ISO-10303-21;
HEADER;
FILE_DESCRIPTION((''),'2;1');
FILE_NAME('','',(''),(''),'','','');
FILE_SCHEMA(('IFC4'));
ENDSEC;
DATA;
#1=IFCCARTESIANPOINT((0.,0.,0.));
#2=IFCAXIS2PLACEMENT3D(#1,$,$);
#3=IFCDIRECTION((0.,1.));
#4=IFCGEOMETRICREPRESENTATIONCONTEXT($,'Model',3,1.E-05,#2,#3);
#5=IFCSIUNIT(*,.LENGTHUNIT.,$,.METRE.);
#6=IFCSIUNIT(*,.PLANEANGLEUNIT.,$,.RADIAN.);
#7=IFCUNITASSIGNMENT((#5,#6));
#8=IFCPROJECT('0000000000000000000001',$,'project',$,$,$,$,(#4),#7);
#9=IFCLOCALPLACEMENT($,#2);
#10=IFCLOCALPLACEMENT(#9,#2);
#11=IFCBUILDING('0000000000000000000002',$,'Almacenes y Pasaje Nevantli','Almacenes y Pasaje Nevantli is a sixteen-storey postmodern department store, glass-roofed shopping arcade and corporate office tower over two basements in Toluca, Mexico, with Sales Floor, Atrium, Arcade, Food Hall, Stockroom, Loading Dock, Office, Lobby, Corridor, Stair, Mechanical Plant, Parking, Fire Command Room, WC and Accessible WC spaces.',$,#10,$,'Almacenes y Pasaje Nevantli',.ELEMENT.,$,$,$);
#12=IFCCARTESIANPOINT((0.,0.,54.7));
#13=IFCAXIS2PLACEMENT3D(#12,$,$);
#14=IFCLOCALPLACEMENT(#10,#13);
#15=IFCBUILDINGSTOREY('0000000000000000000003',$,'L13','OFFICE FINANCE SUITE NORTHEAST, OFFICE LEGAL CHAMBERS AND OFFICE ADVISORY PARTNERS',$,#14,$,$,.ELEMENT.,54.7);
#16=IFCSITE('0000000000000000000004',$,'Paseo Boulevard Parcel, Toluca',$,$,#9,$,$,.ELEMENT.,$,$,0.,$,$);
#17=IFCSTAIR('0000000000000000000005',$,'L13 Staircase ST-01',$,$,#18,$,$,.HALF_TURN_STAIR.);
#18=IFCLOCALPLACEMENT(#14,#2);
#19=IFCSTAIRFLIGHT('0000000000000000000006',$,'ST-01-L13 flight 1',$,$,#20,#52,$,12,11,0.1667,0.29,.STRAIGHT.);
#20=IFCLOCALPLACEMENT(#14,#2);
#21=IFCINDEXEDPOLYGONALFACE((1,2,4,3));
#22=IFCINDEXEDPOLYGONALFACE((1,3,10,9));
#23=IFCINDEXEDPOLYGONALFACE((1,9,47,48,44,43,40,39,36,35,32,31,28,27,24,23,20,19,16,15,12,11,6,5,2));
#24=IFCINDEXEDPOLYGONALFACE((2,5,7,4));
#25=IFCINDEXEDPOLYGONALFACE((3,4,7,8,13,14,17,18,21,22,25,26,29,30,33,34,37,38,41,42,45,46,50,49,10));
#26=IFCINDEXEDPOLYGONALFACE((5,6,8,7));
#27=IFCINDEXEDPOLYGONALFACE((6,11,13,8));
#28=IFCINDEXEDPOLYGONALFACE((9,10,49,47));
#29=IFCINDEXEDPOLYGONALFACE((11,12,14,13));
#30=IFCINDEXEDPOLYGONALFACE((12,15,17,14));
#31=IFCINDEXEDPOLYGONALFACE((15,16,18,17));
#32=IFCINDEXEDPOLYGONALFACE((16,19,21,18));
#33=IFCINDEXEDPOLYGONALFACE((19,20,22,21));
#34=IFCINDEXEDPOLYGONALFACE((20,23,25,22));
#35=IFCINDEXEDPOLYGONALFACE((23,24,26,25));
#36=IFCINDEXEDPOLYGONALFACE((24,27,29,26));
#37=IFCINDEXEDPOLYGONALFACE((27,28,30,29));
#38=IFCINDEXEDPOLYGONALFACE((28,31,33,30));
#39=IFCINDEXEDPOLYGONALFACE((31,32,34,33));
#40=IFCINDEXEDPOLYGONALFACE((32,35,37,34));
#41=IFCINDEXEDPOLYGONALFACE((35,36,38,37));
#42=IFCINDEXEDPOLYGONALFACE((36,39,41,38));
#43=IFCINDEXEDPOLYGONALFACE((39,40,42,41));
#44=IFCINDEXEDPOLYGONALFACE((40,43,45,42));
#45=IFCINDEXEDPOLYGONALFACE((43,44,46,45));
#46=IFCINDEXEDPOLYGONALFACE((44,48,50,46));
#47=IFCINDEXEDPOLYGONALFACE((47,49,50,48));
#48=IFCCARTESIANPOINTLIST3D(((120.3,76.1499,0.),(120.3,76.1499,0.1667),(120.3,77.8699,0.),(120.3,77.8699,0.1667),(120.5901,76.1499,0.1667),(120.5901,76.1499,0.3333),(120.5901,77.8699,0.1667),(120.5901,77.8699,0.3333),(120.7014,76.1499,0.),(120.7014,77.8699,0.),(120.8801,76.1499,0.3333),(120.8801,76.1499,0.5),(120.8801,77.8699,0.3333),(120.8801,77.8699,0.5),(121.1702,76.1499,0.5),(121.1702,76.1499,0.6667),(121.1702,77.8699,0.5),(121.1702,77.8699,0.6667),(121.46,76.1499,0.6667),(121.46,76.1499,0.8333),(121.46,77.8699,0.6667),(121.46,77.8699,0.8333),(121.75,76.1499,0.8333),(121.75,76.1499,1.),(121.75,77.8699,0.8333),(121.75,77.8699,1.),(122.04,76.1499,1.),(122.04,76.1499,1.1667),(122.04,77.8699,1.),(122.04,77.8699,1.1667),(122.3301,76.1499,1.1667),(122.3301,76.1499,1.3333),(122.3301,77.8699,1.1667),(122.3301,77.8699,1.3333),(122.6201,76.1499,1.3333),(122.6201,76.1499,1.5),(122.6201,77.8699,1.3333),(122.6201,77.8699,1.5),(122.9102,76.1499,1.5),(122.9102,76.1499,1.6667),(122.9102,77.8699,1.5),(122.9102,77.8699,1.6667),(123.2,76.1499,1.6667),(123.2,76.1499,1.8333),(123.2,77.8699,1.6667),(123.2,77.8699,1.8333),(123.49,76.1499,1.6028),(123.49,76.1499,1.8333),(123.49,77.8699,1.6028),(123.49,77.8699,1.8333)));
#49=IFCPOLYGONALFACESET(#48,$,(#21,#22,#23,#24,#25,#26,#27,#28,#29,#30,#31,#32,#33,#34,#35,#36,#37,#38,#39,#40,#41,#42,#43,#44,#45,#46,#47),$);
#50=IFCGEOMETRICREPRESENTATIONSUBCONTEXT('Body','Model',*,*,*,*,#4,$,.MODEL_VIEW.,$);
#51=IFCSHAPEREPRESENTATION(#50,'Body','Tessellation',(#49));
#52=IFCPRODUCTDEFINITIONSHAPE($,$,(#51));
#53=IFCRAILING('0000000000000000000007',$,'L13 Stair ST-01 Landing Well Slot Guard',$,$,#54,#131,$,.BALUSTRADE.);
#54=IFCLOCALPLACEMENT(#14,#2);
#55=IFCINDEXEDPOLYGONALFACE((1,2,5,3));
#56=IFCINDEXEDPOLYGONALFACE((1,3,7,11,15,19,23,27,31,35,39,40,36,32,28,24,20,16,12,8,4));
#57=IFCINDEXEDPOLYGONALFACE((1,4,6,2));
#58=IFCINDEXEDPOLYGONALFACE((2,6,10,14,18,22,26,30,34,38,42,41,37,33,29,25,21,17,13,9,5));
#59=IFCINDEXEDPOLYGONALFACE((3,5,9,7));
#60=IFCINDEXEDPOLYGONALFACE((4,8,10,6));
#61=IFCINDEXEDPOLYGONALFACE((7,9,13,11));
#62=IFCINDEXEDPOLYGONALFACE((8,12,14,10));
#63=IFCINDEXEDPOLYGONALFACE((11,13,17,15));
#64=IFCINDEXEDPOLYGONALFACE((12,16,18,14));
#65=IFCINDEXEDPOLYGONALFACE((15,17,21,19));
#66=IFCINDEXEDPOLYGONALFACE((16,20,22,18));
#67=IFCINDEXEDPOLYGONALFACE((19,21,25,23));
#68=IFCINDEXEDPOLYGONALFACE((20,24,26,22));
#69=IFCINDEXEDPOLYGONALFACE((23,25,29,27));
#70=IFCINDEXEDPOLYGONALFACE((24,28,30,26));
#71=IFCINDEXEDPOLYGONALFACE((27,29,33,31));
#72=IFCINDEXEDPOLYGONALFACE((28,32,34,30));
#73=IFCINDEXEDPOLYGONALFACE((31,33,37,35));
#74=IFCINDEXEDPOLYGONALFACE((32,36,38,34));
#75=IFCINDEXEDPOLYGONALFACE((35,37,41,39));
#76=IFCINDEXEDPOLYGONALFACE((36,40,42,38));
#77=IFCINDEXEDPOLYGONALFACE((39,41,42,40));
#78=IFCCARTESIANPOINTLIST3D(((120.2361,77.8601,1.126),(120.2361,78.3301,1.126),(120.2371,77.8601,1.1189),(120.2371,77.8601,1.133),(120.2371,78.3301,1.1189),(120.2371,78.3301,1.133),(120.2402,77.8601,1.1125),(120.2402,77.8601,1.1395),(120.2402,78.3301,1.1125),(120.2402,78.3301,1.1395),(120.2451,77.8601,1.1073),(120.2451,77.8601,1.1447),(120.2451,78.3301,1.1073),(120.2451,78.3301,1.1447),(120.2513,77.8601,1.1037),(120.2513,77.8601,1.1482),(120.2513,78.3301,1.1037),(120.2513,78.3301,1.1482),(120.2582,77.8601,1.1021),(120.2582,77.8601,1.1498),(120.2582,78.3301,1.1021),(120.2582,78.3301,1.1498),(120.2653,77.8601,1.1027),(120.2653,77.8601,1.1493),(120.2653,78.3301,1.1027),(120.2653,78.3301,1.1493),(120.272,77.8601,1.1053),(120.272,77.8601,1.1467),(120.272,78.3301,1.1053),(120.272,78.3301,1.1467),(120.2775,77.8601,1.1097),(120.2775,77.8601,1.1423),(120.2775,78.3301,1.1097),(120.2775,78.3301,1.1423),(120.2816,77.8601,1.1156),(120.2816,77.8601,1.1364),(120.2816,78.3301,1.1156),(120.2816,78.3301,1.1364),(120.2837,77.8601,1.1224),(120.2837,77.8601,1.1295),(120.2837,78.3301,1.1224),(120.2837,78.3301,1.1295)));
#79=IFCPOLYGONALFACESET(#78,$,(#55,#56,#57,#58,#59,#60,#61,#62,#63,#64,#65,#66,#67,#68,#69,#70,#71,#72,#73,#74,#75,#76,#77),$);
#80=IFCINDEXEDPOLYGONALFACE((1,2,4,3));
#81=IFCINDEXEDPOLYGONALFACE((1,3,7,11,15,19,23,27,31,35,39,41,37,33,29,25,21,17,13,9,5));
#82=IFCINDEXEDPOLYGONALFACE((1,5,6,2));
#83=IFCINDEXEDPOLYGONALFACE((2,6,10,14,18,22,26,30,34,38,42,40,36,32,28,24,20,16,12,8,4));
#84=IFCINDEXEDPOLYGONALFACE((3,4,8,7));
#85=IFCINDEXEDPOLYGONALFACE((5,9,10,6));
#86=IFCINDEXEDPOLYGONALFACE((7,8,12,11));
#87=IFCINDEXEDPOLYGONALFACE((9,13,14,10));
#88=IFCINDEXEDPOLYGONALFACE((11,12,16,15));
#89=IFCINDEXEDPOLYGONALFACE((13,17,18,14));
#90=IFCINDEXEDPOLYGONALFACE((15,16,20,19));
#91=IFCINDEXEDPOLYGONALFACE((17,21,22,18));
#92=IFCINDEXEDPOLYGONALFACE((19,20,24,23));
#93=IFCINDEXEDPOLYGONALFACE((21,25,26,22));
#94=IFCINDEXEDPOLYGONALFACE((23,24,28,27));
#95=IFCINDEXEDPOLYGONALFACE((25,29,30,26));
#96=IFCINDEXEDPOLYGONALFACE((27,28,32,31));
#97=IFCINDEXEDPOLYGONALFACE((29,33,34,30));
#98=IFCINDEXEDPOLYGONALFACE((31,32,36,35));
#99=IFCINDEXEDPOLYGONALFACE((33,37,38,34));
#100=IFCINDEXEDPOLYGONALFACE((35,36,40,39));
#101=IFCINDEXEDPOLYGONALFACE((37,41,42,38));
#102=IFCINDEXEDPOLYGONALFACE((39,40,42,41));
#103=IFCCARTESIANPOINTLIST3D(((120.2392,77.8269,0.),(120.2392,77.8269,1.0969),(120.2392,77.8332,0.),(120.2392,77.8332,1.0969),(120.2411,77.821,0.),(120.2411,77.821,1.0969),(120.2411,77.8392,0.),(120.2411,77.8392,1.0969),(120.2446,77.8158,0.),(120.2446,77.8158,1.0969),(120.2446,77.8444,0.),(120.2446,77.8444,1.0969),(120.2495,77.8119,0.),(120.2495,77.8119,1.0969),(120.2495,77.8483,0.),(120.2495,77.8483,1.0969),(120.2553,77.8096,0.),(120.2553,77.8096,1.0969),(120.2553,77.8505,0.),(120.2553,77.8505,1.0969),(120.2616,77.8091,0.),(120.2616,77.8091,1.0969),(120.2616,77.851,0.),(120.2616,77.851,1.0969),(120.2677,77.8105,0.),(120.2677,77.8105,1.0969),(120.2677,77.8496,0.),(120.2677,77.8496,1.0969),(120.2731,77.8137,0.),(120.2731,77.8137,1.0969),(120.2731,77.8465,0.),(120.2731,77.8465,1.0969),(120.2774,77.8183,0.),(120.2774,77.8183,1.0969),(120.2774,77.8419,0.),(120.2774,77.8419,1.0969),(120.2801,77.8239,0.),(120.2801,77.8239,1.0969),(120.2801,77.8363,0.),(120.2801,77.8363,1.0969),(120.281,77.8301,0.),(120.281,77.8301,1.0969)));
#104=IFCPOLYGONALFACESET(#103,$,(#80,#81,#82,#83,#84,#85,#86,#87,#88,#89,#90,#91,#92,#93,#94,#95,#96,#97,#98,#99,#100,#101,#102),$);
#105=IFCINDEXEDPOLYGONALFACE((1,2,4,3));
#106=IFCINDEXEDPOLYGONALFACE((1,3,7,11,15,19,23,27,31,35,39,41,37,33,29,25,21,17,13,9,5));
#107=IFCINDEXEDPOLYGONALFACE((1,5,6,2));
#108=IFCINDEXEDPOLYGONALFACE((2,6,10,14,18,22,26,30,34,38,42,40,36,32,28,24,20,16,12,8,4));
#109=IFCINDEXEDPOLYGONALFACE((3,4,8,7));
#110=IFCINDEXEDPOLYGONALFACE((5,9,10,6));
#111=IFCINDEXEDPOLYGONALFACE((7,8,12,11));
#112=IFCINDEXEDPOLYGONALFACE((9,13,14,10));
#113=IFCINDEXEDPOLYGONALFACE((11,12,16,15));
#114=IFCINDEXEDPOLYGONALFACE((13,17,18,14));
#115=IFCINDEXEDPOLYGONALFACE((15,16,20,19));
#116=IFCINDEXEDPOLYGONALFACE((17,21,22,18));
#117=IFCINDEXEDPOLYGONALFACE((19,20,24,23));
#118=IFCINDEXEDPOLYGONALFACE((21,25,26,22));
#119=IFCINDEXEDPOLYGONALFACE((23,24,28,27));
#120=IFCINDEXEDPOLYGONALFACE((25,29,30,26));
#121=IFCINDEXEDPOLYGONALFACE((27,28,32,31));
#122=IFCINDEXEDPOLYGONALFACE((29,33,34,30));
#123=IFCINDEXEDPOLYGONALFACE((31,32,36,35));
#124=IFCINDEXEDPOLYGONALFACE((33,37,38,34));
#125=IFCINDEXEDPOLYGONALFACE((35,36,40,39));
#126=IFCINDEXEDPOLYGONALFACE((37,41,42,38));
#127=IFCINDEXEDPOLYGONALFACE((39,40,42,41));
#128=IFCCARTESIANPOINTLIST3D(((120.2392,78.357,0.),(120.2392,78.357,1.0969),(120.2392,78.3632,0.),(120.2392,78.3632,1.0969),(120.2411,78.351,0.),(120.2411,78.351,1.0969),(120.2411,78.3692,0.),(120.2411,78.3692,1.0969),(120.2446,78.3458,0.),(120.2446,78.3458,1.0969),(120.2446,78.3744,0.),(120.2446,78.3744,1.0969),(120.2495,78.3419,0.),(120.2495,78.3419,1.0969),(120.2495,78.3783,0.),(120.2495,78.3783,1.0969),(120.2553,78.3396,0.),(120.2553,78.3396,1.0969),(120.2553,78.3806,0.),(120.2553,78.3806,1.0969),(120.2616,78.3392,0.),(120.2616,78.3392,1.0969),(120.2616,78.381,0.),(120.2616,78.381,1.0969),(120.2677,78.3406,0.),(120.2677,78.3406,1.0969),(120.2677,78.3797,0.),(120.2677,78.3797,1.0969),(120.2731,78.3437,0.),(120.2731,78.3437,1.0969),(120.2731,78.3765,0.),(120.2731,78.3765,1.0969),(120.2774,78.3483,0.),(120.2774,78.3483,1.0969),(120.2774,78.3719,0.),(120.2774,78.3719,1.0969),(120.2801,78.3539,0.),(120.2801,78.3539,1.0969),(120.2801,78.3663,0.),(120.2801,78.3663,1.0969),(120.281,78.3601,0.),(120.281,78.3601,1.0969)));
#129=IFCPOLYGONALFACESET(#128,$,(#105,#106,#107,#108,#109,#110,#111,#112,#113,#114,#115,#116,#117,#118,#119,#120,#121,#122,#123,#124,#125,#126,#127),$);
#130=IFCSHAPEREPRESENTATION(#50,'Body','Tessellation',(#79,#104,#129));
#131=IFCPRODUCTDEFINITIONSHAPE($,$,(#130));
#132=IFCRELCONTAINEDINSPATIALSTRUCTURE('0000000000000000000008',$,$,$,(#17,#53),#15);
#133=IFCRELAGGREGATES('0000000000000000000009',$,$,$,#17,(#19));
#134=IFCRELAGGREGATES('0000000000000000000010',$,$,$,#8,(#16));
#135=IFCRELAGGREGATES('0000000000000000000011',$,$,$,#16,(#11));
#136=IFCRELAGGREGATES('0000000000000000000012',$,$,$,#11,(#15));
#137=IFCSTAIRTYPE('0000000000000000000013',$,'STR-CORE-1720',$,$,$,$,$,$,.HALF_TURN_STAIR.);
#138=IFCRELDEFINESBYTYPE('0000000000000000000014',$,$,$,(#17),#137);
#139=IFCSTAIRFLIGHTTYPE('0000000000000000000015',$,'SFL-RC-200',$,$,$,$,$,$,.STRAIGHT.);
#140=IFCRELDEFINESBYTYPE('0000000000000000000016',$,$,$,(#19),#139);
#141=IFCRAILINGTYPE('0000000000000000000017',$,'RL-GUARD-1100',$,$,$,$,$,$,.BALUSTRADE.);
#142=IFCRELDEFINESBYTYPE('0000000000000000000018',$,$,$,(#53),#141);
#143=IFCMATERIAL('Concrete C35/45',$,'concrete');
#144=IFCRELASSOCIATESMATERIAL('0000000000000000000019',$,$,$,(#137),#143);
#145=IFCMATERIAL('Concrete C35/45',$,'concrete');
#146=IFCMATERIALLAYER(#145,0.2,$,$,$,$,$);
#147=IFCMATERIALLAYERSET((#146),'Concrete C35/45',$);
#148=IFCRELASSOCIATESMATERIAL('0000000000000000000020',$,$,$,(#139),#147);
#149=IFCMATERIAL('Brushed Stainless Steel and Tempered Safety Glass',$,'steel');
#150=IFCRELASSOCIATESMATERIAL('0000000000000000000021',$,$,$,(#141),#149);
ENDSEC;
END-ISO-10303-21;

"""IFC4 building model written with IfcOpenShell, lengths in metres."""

from ifc_helpers import new_model, si_unit, direction, frame, origin, origin_2d, place, context, subcontext, project, spatial, polyline, circle, outline, extrude, material, layer, layer_set, type_object, element, aggregate, save


model = new_model("IFC4")

# Units and contexts
model_context = context("Model", 3, precision=1e-05, world=origin(), true_north=direction((0.0, 1.0)))
body_context = subcontext(model_context, "Body", "Model", "MODEL_VIEW")
ifc_project = project(units=[si_unit("LENGTHUNIT", "METRE"), si_unit("PLANEANGLEUNIT", "RADIAN")], contexts=[model_context])

# Site, building, storey
site_placement = place(None, origin())
site = spatial("IfcSite", under=ifc_project, at=site_placement, Name="Paseo Boulevard Parcel, Toluca", CompositionType="ELEMENT", RefElevation=0.0)
building_placement = place(site_placement, origin())
building = spatial("IfcBuilding", under=site, at=building_placement, Name="Almacenes y Pasaje Nevantli", Description="Almacenes y Pasaje Nevantli is a sixteen-storey postmodern department store, glass-roofed shopping arcade and corporate office tower over two basements in Toluca, Mexico, with Sales Floor, Atrium, Arcade, Food Hall, Stockroom, Loading Dock, Office, Lobby, Corridor, Stair, Mechanical Plant, Parking, Fire Command Room, WC and Accessible WC spaces.", LongName="Almacenes y Pasaje Nevantli", CompositionType="ELEMENT")
storey_placement = place(building_placement, frame((0.0, 0.0, 54.7)))
storey = spatial("IfcBuildingStorey", under=building, at=storey_placement, Name="L13", Description="OFFICE FINANCE SUITE NORTHEAST, OFFICE LEGAL CHAMBERS AND OFFICE ADVISORY PARTNERS", CompositionType="ELEMENT", Elevation=54.7)

# Stair, stair flight
ifc_material_1 = material(Name="Concrete C35/45", Category="concrete")
stair_type = type_object("IfcStairType", Name="STR-CORE-1720", PredefinedType="HALF_TURN_STAIR", material=ifc_material_1)
stair_placement = place(storey_placement, origin())
stair = element("IfcStair", 1, at=stair_placement, inside=storey, type_object=stair_type, Name="L13 Staircase ST-01", PredefinedType="HALF_TURN_STAIR")
ifc_material_2 = material(Name="Concrete C35/45", Category="concrete")
ifc_layer_1 = layer(ifc_material_2, 0.2)
ifc_layer_set_1 = layer_set([ifc_layer_1], Name="Concrete C35/45")
stair_flight_type = type_object("IfcStairFlightType", Name="SFL-RC-200", PredefinedType="STRAIGHT", material=ifc_layer_set_1)
stair_flight_placement = place(storey_placement, frame((120.3, 77.01, 0.0), z_axis=(0.0, 0.0, 1.0), x_axis=(1.0, 0.0, 0.0)))
stair_flight = element("IfcStairFlight", 2, at=stair_flight_placement, type_object=stair_flight_type, Name="ST-01-L13 flight 1", NumberOfRisers=12, NumberOfTreads=11, PredefinedType="STRAIGHT", RiserHeight=0.1667, TreadLength=0.29, context=body_context, shape_type="SweptSolid", body=[
    extrude(outline(polyline([(0.0, 0.0), (0.0, 0.1667), (0.29, 0.1667), (0.29, 0.3333), (0.5801, 0.3333), (0.5801, 0.5), (0.8701, 0.5), (0.8701, 0.6667), (1.1599, 0.6667), (1.1599, 0.8333), (1.45, 0.8333), (1.45, 1.0), (1.74, 1.0), (1.74, 1.1667), (2.03, 1.1667), (2.03, 1.3333), (2.3201, 1.3333), (2.3201, 1.5), (2.6101, 1.5), (2.6101, 1.6667), (2.8999, 1.6667), (2.8999, 1.8333), (3.1899, 1.8333), (3.1899, 2.0), (3.1899, 1.6028), (0.4014, 0.0), (0.0, 0.0)])), frame((0.0, 0.8599, 0.0), z_axis=(0.0, -1.0, 0.0), x_axis=(1.0, 0.0, 0.0)), (0.0, 0.0, 1.0), 1.72),
])
aggregate(stair, [stair_flight])

# Railing
ifc_material_3 = material(Name="Brushed Stainless Steel and Tempered Safety Glass", Category="steel")
railing_type_1 = type_object("IfcRailingType", Name="RL-GUARD-1100", PredefinedType="BALUSTRADE", material=ifc_material_3)
railing_1_placement = place(storey_placement, frame((120.26, 77.8301, 0.0)))
element("IfcRailing", 3, at=railing_1_placement, inside=storey, type_object=railing_type_1, Name="L13 Stair ST-01 Landing Well Slot Guard", PredefinedType="BALUSTRADE", context=body_context, shape_type="SweptSolid", body=[
    extrude(circle(Radius=0.0239, at=origin_2d()), frame((0.0, 0.03, 1.126), z_axis=(0.0, 1.0, 0.0), x_axis=(-1.0, 0.0, 0.0)), (0.0, 0.0, 1.0), 0.47),
    extrude(circle(Radius=0.021, at=origin_2d()), origin(), (0.0, 0.0, 1.0), 1.0969),
    extrude(circle(Radius=0.021, at=origin_2d()), frame((0.0, 0.53, 0.0)), (0.0, 0.0, 1.0), 1.0969),
])

save(model, "model.ifc")
